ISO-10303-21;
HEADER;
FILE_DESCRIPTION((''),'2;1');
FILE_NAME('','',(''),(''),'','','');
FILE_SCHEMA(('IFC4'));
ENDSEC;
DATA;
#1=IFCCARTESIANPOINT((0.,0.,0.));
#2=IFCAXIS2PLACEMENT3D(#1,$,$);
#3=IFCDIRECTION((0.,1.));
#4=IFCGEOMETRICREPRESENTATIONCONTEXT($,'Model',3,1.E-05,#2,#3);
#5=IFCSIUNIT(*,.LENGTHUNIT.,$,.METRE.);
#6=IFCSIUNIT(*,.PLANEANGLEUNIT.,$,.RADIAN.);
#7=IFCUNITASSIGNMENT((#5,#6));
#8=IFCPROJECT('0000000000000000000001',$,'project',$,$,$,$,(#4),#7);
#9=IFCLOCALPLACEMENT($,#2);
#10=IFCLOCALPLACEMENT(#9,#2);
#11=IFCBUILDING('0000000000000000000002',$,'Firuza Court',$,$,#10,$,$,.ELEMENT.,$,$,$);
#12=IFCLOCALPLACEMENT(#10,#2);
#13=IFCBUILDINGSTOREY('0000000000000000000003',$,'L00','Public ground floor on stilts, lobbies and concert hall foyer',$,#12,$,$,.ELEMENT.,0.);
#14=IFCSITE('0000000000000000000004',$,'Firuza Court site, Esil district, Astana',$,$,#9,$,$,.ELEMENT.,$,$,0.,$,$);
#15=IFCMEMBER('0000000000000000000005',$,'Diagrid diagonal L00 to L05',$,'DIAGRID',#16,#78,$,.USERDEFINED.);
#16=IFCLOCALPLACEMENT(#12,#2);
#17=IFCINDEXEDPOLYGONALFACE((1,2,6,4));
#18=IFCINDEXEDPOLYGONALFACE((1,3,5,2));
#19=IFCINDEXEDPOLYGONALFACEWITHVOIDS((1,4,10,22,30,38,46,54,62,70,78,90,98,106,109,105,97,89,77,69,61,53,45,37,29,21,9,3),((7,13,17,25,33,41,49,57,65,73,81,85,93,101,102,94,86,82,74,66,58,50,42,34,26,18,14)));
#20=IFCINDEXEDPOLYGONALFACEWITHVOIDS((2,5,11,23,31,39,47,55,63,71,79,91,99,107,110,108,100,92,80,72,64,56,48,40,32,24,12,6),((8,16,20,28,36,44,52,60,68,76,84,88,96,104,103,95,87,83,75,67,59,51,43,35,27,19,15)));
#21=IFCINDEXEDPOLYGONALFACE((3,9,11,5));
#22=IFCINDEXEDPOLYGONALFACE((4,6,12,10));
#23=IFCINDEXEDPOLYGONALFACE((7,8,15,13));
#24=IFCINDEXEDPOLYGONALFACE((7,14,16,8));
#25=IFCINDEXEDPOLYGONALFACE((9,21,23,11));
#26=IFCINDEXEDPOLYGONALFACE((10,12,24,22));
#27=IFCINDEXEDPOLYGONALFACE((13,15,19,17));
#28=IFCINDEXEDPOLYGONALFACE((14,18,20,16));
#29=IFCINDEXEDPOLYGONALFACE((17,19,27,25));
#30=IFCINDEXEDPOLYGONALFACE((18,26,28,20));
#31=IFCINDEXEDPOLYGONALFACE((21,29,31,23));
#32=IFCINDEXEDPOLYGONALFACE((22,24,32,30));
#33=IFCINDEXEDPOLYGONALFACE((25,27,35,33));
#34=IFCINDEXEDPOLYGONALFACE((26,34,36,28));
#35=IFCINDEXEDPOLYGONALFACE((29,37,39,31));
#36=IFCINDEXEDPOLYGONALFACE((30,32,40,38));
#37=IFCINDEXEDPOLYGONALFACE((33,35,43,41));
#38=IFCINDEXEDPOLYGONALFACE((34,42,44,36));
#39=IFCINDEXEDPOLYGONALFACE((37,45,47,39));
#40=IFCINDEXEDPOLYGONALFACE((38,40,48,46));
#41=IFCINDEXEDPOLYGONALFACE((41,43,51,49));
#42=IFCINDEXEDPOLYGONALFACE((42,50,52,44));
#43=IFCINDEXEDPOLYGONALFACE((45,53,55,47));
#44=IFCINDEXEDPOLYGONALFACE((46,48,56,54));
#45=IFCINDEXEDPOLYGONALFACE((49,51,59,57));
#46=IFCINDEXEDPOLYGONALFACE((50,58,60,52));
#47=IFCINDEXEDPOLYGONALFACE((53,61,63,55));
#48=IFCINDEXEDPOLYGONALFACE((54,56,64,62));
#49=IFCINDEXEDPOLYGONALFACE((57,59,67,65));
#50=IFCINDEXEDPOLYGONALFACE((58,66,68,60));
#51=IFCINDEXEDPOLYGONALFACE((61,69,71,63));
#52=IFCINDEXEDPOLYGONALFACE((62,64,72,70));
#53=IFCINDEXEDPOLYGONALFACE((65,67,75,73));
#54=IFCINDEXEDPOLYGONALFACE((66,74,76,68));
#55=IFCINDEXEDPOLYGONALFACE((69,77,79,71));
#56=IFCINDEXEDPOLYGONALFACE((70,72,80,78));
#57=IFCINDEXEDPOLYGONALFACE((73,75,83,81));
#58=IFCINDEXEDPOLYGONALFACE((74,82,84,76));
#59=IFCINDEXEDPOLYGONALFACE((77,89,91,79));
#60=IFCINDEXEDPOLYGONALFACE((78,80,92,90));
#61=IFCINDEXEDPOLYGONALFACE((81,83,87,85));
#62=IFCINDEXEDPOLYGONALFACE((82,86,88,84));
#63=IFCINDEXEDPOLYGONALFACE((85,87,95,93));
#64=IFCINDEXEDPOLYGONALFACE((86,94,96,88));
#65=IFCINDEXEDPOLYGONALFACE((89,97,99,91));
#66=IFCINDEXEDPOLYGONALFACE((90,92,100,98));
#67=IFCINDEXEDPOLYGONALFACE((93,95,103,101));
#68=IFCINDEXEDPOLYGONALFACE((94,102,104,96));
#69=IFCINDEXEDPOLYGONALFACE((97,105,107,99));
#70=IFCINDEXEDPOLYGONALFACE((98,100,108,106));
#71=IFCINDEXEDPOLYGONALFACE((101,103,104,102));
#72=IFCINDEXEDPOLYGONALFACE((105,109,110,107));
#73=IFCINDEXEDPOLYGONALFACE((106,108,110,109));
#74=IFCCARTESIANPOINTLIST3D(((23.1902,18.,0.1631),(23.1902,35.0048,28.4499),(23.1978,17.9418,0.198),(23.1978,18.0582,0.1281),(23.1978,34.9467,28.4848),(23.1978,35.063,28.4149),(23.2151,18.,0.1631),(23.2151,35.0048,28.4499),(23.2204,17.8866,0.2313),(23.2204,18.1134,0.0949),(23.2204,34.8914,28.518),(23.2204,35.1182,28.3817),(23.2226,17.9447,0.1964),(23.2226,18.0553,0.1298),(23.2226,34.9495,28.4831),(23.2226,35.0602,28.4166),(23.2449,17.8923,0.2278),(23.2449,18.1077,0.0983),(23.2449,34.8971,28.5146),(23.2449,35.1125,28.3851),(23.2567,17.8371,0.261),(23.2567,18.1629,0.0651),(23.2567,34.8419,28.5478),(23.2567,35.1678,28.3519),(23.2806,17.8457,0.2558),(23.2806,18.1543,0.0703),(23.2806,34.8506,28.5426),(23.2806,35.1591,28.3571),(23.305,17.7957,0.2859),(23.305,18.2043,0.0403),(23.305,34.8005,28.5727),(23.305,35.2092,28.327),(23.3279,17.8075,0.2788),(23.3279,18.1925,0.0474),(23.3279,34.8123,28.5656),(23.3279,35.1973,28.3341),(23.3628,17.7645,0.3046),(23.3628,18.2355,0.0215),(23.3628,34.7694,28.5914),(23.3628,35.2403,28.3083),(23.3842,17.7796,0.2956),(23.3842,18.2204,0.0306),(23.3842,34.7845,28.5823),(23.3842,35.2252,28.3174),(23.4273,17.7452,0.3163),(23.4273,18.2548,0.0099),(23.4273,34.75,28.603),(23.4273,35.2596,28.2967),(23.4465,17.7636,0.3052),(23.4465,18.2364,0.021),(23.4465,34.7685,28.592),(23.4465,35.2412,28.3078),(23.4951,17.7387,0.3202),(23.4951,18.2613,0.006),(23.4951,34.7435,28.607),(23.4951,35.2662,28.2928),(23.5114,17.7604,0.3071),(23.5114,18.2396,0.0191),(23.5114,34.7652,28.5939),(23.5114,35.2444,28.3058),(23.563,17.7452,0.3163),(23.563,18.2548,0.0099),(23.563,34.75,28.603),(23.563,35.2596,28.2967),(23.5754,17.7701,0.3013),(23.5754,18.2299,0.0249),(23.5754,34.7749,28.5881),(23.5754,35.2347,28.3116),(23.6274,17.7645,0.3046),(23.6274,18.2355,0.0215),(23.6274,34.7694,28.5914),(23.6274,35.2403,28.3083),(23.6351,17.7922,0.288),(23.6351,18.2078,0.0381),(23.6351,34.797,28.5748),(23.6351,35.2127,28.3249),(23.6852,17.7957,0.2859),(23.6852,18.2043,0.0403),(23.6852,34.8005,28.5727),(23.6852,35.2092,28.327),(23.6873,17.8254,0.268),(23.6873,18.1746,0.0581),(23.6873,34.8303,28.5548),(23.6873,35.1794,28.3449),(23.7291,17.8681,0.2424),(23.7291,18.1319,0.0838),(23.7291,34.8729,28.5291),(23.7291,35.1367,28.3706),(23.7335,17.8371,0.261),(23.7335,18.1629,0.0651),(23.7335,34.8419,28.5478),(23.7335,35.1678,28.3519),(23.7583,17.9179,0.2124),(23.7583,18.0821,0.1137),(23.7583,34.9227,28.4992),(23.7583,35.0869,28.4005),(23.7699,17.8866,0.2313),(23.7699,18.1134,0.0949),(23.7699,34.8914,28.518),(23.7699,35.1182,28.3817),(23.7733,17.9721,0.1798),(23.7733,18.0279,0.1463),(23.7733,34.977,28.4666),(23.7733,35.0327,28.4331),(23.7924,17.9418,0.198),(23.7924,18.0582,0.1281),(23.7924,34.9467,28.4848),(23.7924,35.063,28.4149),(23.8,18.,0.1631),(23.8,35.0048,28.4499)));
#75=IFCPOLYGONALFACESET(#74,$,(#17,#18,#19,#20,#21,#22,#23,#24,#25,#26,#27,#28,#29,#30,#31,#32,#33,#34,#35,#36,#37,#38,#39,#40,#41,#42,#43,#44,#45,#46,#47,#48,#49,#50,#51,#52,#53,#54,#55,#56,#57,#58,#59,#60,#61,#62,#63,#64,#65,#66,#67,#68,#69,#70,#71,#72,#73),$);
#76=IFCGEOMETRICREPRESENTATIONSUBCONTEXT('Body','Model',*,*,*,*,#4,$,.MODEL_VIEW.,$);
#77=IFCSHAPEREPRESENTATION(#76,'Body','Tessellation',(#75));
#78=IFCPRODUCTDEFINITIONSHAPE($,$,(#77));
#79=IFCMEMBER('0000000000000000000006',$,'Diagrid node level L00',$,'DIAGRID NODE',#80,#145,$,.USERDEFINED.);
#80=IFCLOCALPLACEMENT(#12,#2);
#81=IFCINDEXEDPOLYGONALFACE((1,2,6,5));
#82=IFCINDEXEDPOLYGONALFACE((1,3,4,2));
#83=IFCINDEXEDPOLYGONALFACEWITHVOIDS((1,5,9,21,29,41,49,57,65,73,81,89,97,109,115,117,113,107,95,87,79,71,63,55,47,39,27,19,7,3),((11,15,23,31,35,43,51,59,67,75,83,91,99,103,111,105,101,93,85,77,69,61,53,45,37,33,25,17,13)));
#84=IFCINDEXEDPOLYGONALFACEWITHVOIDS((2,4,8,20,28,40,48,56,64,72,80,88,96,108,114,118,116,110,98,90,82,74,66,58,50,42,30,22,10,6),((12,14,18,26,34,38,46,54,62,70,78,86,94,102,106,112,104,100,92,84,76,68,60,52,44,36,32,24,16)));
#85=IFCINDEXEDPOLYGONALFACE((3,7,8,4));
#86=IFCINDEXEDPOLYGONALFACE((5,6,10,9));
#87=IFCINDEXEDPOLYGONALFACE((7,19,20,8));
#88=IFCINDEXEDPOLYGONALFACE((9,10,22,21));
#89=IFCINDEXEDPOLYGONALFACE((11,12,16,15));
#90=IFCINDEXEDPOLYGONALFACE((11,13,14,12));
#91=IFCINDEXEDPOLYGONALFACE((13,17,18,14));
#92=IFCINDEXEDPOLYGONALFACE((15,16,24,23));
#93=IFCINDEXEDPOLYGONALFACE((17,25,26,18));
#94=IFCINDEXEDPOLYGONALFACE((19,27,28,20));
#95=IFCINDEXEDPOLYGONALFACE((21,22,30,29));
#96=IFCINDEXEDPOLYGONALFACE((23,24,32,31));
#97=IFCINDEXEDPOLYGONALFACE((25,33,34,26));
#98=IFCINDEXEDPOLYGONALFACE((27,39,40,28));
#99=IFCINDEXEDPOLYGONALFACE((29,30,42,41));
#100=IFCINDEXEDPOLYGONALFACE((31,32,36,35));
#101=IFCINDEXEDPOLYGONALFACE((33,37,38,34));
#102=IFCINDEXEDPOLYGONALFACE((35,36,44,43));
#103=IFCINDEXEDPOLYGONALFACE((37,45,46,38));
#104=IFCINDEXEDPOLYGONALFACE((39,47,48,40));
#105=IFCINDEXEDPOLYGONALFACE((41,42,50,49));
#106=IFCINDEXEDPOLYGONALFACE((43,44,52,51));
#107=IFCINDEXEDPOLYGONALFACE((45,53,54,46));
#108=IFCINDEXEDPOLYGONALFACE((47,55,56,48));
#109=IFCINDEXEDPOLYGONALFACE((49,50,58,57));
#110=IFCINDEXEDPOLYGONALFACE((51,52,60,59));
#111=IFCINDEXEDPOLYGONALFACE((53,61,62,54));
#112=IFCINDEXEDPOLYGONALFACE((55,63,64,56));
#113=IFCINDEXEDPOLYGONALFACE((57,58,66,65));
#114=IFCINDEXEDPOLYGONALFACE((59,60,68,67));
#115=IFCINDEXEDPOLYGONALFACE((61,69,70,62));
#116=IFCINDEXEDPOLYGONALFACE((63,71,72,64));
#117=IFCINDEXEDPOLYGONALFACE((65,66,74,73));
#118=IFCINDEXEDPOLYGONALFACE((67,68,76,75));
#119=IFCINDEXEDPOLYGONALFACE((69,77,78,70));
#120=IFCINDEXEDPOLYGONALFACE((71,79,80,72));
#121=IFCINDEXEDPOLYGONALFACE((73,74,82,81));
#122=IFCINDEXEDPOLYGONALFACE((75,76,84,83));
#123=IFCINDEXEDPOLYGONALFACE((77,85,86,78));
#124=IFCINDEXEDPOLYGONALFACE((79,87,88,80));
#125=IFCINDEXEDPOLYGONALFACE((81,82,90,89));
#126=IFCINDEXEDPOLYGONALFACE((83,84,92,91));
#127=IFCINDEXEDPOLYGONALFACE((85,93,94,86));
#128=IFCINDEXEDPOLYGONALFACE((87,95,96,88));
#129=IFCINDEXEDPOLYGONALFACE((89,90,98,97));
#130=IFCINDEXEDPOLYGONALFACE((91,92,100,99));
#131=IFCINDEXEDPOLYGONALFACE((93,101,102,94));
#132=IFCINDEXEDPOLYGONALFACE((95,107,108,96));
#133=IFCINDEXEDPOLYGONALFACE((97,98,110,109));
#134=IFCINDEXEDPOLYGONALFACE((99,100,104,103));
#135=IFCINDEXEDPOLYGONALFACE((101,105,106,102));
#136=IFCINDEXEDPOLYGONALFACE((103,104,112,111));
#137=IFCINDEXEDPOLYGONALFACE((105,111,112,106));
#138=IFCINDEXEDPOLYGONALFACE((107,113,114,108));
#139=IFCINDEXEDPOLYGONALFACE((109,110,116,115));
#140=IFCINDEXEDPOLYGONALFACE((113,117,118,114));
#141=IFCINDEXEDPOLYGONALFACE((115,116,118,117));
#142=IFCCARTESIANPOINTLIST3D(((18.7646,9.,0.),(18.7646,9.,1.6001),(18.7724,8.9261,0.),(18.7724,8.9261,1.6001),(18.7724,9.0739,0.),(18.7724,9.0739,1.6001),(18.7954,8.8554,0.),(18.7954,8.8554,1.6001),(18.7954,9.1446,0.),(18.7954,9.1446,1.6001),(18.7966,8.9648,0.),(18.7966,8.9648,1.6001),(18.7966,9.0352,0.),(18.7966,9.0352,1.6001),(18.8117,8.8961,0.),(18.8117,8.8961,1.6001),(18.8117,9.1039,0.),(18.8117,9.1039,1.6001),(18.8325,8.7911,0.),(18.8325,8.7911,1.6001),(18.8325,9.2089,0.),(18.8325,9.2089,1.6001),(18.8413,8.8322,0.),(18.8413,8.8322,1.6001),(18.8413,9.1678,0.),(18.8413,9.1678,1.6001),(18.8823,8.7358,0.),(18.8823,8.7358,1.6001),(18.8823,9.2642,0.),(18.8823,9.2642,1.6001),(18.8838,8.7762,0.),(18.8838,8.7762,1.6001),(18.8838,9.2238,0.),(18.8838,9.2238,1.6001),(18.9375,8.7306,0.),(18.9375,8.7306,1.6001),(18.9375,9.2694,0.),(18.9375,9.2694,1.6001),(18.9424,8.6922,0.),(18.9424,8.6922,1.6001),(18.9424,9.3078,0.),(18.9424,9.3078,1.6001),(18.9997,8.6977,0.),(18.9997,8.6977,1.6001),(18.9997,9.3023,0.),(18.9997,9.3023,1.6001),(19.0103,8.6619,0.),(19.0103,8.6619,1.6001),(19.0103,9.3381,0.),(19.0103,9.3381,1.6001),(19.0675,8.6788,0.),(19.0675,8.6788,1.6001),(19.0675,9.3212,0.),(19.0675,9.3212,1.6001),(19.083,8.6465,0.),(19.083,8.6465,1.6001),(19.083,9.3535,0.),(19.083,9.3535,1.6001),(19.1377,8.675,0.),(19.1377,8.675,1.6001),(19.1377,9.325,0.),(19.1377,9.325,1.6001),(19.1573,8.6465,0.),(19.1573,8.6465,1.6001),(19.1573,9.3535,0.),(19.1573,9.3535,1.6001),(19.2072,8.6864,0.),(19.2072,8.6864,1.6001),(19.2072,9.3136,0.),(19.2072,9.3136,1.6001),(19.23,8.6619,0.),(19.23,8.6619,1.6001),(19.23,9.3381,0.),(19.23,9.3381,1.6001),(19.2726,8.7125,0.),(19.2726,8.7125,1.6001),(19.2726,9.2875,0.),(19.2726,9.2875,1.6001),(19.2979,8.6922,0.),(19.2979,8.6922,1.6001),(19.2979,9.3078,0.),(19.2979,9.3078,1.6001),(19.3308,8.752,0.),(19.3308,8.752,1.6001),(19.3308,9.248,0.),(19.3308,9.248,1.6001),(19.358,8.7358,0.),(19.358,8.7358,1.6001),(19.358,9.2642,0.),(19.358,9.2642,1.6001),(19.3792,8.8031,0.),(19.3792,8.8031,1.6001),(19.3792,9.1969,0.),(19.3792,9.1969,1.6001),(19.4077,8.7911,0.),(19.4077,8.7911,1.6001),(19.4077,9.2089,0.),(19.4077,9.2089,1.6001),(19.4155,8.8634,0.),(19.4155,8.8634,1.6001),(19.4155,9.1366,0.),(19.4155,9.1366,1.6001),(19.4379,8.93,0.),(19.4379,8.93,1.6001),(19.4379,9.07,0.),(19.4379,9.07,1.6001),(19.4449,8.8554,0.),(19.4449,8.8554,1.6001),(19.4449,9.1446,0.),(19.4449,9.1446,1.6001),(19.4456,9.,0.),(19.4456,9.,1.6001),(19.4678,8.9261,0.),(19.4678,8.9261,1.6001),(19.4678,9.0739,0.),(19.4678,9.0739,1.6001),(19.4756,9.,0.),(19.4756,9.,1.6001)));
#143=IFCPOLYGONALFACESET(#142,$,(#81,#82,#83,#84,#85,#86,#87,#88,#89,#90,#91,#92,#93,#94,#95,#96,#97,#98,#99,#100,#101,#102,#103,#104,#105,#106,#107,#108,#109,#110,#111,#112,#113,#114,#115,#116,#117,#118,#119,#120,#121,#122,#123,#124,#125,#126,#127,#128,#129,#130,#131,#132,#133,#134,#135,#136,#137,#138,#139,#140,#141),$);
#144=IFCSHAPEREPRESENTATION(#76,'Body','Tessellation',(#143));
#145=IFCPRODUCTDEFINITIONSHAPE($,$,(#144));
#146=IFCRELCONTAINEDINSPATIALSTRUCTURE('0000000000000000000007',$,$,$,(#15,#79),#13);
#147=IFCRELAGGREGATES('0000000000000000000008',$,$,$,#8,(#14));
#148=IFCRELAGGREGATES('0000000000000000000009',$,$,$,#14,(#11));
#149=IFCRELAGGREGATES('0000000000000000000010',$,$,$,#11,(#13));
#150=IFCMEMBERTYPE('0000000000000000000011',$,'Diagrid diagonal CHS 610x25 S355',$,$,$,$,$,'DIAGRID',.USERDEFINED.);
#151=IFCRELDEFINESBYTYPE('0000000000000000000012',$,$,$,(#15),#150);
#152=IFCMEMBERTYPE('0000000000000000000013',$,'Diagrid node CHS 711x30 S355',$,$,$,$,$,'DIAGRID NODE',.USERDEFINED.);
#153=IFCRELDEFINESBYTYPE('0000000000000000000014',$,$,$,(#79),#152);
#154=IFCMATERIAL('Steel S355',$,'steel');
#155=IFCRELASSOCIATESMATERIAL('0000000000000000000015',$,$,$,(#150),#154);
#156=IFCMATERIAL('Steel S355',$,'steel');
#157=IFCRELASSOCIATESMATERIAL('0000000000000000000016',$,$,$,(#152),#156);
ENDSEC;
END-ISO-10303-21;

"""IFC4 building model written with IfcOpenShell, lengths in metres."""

from ifc_helpers import new_model, si_unit, direction, frame, origin, origin_2d, place, context, subcontext, project, spatial, hollow_circle, extrude, material, material_profile, profile_set, type_object, element, save


model = new_model("IFC4")

# Units and contexts
model_context = context("Model", 3, precision=1e-05, world=origin(), true_north=direction((0.0, 1.0)))
body_context = subcontext(model_context, "Body", "Model", "MODEL_VIEW")
ifc_project = project(units=[si_unit("LENGTHUNIT", "METRE"), si_unit("PLANEANGLEUNIT", "RADIAN")], contexts=[model_context])

# Site, building, storey
site_placement = place(None, origin())
site = spatial("IfcSite", under=ifc_project, at=site_placement, Name="Firuza Court site, Esil district, Astana", CompositionType="ELEMENT", RefElevation=0.0)
building_placement = place(site_placement, origin())
building = spatial("IfcBuilding", under=site, at=building_placement, Name="Firuza Court", CompositionType="ELEMENT")
storey_placement = place(building_placement, origin())
storey = spatial("IfcBuildingStorey", under=building, at=storey_placement, Name="L00", Description="Public ground floor on stilts, lobbies and concert hall foyer", CompositionType="ELEMENT", Elevation=0.0)

# Members
ifc_material_1 = material(Name="Steel S355", Category="steel")
ifc_material_profile_1 = material_profile(ifc_material_1, hollow_circle(Radius=0.3049, WallThickness=0.0249, at=origin_2d()), Name="CHS 610x25")
ifc_profile_set_1 = profile_set([ifc_material_profile_1], Name="Steel S355")
member_type_1 = type_object("IfcMemberType", Name="Diagrid diagonal CHS 610x25 S355", ElementType="DIAGRID", PredefinedType="USERDEFINED", material=ifc_profile_set_1)
member_1_placement = place(storey_placement, frame((23.4951, 18.0, 0.1631), z_axis=(0.0, 0.515225, 0.857055), x_axis=(-1.0, 0.0, 0.0)))
element("IfcMember", 1, at=member_1_placement, inside=storey, type_object=member_type_1, Name="Diagrid diagonal L00 to L05", ObjectType="DIAGRID", PredefinedType="USERDEFINED", context=body_context, shape_type="SweptSolid", body=[
    extrude(hollow_circle(Radius=0.3049, WallThickness=0.0249, at=origin_2d()), origin(), (0.0, 0.0, 1.0), 33.0046),
])
ifc_material_2 = material(Name="Steel S355", Category="steel")
ifc_material_profile_2 = material_profile(ifc_material_2, hollow_circle(Radius=0.3555, WallThickness=0.03, at=origin_2d()), Name="CHS 711x30")
ifc_profile_set_2 = profile_set([ifc_material_profile_2], Name="Steel S355")
member_type_2 = type_object("IfcMemberType", Name="Diagrid node CHS 711x30 S355", ElementType="DIAGRID NODE", PredefinedType="USERDEFINED", material=ifc_profile_set_2)
for number, where, z_axis, x_axis, name in (
    (2, (19.1201, 9.0, 0.0), (0.0, 0.0, 1.0), (1.0, 0.0, 0.0), "Diagrid node level L00"),
):
    element("IfcMember", number, at=place(storey_placement, frame(where, z_axis=z_axis, x_axis=x_axis)), inside=storey, type_object=member_type_2, Name=name, ObjectType="DIAGRID NODE", PredefinedType="USERDEFINED", context=body_context, shape_type="SweptSolid", body=[
        extrude(hollow_circle(Radius=0.3555, WallThickness=0.03, at=origin_2d()), origin(), (0.0, 0.0, 1.0), 1.6001),
    ])

save(model, "model.ifc")
